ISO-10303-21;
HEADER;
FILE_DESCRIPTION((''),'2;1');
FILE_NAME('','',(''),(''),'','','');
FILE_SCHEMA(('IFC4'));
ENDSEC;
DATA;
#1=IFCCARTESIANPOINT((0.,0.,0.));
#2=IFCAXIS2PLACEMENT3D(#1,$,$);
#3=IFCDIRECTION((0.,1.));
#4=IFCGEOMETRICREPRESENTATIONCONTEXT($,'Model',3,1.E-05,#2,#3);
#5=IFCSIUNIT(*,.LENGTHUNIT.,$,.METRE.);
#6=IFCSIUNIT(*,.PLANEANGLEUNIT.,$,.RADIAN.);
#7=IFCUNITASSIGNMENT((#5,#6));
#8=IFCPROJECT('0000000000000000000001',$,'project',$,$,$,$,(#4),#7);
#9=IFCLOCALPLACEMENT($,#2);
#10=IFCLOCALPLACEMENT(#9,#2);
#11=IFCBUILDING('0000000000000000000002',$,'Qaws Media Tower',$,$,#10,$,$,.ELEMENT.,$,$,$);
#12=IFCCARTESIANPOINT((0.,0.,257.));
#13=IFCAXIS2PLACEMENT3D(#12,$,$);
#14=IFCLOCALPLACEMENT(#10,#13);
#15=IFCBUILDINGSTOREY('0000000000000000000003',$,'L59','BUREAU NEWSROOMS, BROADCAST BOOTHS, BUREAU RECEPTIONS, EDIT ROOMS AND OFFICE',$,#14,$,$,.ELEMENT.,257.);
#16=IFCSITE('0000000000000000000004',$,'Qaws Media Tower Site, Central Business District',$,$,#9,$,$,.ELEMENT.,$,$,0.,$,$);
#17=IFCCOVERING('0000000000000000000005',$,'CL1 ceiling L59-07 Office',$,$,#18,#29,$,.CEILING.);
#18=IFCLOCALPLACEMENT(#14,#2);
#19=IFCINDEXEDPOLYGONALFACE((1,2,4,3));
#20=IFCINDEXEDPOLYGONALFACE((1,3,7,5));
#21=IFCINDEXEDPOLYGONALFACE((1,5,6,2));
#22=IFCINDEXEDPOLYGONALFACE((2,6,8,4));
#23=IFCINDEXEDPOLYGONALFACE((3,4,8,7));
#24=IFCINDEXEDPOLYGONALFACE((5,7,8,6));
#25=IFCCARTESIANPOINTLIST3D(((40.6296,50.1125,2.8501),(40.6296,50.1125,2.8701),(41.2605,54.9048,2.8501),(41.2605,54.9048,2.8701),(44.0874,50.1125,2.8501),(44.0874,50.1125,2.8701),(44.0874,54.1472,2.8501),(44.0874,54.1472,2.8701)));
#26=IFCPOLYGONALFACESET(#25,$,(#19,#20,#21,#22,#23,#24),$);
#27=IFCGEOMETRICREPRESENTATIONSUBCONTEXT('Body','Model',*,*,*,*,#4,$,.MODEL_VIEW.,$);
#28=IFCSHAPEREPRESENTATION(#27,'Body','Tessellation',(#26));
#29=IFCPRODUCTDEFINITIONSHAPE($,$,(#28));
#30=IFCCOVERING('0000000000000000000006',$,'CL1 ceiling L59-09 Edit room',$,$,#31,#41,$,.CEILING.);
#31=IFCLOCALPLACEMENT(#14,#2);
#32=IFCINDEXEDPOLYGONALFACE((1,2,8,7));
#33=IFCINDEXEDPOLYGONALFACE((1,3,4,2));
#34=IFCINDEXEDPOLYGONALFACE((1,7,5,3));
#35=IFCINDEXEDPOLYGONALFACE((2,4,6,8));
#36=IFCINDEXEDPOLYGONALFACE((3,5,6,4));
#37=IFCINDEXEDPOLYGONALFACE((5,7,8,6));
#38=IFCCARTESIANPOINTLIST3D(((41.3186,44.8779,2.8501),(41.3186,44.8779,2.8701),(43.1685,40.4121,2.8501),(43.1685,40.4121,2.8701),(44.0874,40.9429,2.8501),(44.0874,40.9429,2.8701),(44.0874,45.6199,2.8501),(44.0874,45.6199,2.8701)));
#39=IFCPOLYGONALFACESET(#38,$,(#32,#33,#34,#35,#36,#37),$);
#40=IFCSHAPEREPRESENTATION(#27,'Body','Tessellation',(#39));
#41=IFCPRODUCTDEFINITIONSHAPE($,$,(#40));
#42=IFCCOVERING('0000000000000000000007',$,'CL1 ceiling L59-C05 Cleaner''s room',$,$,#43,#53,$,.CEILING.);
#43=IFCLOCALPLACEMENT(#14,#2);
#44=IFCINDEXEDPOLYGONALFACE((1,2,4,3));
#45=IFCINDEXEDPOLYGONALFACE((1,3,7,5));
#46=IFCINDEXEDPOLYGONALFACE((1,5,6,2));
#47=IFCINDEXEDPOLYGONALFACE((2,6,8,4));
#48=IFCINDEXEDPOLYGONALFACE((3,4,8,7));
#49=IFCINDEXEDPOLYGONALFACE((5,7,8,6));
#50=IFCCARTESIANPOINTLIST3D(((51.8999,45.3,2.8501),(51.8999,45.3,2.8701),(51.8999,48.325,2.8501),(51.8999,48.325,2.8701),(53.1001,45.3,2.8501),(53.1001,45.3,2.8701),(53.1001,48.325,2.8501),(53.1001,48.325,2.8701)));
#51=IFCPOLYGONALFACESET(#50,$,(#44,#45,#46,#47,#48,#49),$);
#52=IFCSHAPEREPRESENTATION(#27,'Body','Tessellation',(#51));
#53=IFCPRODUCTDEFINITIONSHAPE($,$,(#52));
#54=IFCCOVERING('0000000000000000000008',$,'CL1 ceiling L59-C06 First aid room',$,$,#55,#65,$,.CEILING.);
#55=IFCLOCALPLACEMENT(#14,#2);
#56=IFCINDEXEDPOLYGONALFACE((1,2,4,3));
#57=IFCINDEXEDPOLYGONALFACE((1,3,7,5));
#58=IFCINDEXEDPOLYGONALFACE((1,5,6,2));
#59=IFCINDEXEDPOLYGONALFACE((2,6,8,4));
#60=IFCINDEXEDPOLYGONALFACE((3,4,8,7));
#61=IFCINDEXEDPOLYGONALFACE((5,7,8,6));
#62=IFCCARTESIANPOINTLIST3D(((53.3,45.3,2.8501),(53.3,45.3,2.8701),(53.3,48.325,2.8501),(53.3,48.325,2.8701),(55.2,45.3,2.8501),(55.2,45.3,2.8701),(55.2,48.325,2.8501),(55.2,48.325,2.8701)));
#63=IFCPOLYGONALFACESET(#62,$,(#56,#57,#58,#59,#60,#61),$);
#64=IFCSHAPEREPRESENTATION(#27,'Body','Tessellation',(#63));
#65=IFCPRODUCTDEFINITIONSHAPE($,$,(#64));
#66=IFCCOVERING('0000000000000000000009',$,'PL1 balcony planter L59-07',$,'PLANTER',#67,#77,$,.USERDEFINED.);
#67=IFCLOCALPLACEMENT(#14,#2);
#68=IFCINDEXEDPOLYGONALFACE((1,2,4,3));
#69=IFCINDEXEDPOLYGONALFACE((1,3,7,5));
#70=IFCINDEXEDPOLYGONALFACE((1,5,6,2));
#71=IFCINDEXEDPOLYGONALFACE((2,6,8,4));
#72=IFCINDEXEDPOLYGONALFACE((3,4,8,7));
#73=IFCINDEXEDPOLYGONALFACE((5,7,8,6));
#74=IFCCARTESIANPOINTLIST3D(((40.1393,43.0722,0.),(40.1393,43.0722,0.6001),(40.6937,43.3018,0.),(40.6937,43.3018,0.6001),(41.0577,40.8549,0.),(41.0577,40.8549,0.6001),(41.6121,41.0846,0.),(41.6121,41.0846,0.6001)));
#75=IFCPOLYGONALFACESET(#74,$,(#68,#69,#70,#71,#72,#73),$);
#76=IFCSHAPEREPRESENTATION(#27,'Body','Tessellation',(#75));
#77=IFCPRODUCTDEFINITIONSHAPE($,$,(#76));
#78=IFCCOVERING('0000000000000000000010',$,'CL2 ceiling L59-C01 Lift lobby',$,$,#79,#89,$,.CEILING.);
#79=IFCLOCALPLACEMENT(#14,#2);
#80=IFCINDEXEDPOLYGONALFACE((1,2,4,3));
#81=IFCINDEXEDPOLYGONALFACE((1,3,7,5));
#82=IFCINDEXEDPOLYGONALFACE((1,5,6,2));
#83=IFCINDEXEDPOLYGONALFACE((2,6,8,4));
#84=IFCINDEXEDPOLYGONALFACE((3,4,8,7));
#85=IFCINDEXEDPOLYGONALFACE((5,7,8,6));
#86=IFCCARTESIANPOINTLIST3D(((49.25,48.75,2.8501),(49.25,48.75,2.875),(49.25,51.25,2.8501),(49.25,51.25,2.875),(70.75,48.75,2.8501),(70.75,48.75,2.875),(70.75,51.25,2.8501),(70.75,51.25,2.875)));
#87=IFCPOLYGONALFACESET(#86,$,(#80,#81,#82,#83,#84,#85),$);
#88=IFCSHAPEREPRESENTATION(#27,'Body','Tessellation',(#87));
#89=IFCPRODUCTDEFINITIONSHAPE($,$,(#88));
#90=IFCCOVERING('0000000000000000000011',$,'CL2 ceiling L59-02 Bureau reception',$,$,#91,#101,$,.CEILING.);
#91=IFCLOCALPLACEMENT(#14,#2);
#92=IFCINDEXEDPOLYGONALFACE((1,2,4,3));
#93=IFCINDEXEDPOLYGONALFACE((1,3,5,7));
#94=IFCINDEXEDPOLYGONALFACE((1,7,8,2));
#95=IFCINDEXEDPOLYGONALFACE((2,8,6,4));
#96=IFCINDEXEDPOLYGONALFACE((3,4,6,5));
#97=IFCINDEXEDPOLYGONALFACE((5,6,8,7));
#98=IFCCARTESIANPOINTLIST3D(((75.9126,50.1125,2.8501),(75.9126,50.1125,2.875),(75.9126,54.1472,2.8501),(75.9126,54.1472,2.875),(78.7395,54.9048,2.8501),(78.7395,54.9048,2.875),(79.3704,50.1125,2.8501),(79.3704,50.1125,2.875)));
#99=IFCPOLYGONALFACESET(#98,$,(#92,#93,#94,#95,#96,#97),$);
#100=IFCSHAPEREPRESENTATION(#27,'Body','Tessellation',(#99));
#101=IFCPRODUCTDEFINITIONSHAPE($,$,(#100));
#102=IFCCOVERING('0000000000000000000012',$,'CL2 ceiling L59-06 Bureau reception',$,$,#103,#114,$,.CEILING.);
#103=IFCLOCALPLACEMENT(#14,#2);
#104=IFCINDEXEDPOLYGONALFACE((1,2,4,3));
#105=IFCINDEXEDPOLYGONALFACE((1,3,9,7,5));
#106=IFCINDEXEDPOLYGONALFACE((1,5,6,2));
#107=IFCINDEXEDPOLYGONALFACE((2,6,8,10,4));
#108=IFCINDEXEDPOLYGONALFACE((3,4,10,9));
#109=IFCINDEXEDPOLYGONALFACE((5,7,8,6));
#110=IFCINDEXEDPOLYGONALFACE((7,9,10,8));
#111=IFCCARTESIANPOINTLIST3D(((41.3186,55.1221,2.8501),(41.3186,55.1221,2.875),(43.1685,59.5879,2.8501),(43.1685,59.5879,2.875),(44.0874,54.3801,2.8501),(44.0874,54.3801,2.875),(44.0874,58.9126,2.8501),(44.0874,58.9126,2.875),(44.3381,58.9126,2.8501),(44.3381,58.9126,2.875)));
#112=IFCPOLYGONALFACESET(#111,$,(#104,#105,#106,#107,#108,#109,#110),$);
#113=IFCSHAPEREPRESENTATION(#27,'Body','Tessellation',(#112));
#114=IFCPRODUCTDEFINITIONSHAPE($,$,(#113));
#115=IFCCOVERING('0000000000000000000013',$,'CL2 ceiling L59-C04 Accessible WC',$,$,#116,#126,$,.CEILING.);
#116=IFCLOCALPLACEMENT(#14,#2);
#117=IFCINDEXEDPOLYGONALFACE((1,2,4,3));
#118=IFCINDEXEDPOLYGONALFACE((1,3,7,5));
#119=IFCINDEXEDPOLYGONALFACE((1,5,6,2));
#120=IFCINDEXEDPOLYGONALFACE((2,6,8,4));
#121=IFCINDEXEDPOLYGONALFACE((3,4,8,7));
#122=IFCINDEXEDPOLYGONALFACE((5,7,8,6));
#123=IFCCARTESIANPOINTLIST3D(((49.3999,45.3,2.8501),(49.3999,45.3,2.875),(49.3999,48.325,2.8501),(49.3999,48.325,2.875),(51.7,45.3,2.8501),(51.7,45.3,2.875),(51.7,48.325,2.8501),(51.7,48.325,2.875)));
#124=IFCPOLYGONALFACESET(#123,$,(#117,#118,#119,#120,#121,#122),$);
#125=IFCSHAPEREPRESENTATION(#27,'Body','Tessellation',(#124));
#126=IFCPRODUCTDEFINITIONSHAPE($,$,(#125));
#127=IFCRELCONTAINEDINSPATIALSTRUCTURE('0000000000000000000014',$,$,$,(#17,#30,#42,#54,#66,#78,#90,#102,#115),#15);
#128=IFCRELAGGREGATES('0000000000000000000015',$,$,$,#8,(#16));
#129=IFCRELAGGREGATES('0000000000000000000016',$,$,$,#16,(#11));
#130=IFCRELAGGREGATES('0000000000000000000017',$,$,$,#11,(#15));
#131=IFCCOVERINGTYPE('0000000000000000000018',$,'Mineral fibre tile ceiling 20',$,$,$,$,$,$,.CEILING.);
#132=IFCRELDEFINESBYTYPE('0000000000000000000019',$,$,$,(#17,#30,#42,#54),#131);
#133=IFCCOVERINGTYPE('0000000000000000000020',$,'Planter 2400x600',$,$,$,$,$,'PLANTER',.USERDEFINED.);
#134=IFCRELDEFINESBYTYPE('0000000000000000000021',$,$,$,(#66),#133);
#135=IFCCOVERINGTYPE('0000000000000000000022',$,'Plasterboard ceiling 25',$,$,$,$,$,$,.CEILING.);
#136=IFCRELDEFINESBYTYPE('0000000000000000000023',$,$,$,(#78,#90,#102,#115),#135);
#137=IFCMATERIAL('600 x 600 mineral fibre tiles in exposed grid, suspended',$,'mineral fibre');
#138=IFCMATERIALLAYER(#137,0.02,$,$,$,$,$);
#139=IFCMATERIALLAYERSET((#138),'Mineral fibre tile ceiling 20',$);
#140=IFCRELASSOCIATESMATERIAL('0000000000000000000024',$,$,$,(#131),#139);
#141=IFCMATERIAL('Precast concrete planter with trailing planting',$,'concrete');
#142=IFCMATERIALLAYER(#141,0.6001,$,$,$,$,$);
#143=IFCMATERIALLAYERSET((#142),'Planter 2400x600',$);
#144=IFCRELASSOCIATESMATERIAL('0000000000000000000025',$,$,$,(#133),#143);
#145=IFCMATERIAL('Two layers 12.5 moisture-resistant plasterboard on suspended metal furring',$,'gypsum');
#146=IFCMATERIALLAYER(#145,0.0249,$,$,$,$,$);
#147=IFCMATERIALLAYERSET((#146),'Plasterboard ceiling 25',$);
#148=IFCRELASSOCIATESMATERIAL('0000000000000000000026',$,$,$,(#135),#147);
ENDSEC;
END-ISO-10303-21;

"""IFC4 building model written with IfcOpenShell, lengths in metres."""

from ifc_helpers import new_model, si_unit, direction, frame, origin, origin_2d, place, context, subcontext, project, spatial, polyline, rectangle, outline, extrude, material, layer, layer_set, type_object, element, save


model = new_model("IFC4")

# Units and contexts
model_context = context("Model", 3, precision=1e-05, world=origin(), true_north=direction((0.0, 1.0)))
body_context = subcontext(model_context, "Body", "Model", "MODEL_VIEW")
ifc_project = project(units=[si_unit("LENGTHUNIT", "METRE"), si_unit("PLANEANGLEUNIT", "RADIAN")], contexts=[model_context])

# Site, building, storey
site_placement = place(None, origin())
site = spatial("IfcSite", under=ifc_project, at=site_placement, Name="Qaws Media Tower Site, Central Business District", CompositionType="ELEMENT", RefElevation=0.0)
building_placement = place(site_placement, origin())
building = spatial("IfcBuilding", under=site, at=building_placement, Name="Qaws Media Tower", CompositionType="ELEMENT")
storey_placement = place(building_placement, frame((0.0, 0.0, 257.0)))
storey = spatial("IfcBuildingStorey", under=building, at=storey_placement, Name="L59", Description="BUREAU NEWSROOMS, BROADCAST BOOTHS, BUREAU RECEPTIONS, EDIT ROOMS AND OFFICE", CompositionType="ELEMENT", Elevation=257.0)

# Coverings
ifc_material_1 = material(Name="600 x 600 mineral fibre tiles in exposed grid, suspended", Category="mineral fibre")
ifc_layer_1 = layer(ifc_material_1, 0.02)
ifc_layer_set_1 = layer_set([ifc_layer_1], Name="Mineral fibre tile ceiling 20")
covering_type_1 = type_object("IfcCoveringType", Name="Mineral fibre tile ceiling 20", PredefinedType="CEILING", material=ifc_layer_set_1)
covering_1_placement = place(storey_placement, frame((0.0, 0.0, 2.8501)))
element("IfcCovering", 1, at=covering_1_placement, inside=storey, type_object=covering_type_1, Name="CL1 ceiling L59-07 Office", PredefinedType="CEILING", context=body_context, shape_type="SweptSolid", body=[
    extrude(outline(polyline([(41.2605, 54.9048), (44.0874, 54.1472), (44.0874, 50.1125), (40.6296, 50.1125), (41.2605, 54.9048)])), origin(), (0.0, 0.0, 1.0), 0.02),
])
covering_2_placement = place(storey_placement, frame((0.0, 0.0, 2.8501)))
element("IfcCovering", 2, at=covering_2_placement, inside=storey, type_object=covering_type_1, Name="CL1 ceiling L59-09 Edit room", PredefinedType="CEILING", context=body_context, shape_type="SweptSolid", body=[
    extrude(outline(polyline([(41.3186, 44.8779), (44.0874, 45.6199), (44.0874, 40.9429), (43.1685, 40.4121), (41.3186, 44.8779)])), origin(), (0.0, 0.0, 1.0), 0.02),
])
covering_3_placement = place(storey_placement, frame((0.0, 0.0, 2.8501)))
element("IfcCovering", 3, at=covering_3_placement, inside=storey, type_object=covering_type_1, Name="CL1 ceiling L59-C05 Cleaner's room", PredefinedType="CEILING", context=body_context, shape_type="SweptSolid", body=[
    extrude(outline(polyline([(51.8999, 45.3), (51.8999, 48.325), (53.1001, 48.325), (53.1001, 45.3), (51.8999, 45.3)])), origin(), (0.0, 0.0, 1.0), 0.02),
])
covering_4_placement = place(storey_placement, frame((0.0, 0.0, 2.8501)))
element("IfcCovering", 4, at=covering_4_placement, inside=storey, type_object=covering_type_1, Name="CL1 ceiling L59-C06 First aid room", PredefinedType="CEILING", context=body_context, shape_type="SweptSolid", body=[
    extrude(outline(polyline([(53.3, 45.3), (53.3, 48.325), (55.2, 48.325), (55.2, 45.3), (53.3, 45.3)])), origin(), (0.0, 0.0, 1.0), 0.02),
])
ifc_material_2 = material(Name="Precast concrete planter with trailing planting", Category="concrete")
ifc_layer_2 = layer(ifc_material_2, 0.6001)
ifc_layer_set_2 = layer_set([ifc_layer_2], Name="Planter 2400x600")
covering_type_2 = type_object("IfcCoveringType", Name="Planter 2400x600", ElementType="PLANTER", PredefinedType="USERDEFINED", material=ifc_layer_set_2)
covering_5_placement = place(storey_placement, frame((40.8757, 42.0784, 0.0), z_axis=(0.0, 0.0, 1.0), x_axis=(0.382683, -0.92388, 0.0)))
element("IfcCovering", 5, at=covering_5_placement, inside=storey, type_object=covering_type_2, Name="PL1 balcony planter L59-07", ObjectType="PLANTER", PredefinedType="USERDEFINED", context=body_context, shape_type="SweptSolid", body=[
    extrude(rectangle(XDim=2.3999, YDim=0.6001, at=origin_2d()), origin(), (0.0, 0.0, 1.0), 0.6001),
])
ifc_material_3 = material(Name="Two layers 12.5 moisture-resistant plasterboard on suspended metal furring", Category="gypsum")
ifc_layer_3 = layer(ifc_material_3, 0.0249)
ifc_layer_set_3 = layer_set([ifc_layer_3], Name="Plasterboard ceiling 25")
covering_type_3 = type_object("IfcCoveringType", Name="Plasterboard ceiling 25", PredefinedType="CEILING", material=ifc_layer_set_3)
covering_6_placement = place(storey_placement, frame((0.0, 0.0, 2.8501)))
element("IfcCovering", 6, at=covering_6_placement, inside=storey, type_object=covering_type_3, Name="CL2 ceiling L59-C01 Lift lobby", PredefinedType="CEILING", context=body_context, shape_type="SweptSolid", body=[
    extrude(outline(polyline([(49.25, 48.75), (49.25, 51.25), (70.75, 51.25), (70.75, 48.75), (49.25, 48.75)])), origin(), (0.0, 0.0, 1.0), 0.0249),
])
covering_7_placement = place(storey_placement, frame((0.0, 0.0, 2.8501)))
element("IfcCovering", 7, at=covering_7_placement, inside=storey, type_object=covering_type_3, Name="CL2 ceiling L59-02 Bureau reception", PredefinedType="CEILING", context=body_context, shape_type="SweptSolid", body=[
    extrude(outline(polyline([(79.3704, 50.1125), (75.9126, 50.1125), (75.9126, 54.1472), (78.7395, 54.9048), (79.3704, 50.1125)])), origin(), (0.0, 0.0, 1.0), 0.0249),
])
covering_8_placement = place(storey_placement, frame((0.0, 0.0, 2.8501)))
element("IfcCovering", 8, at=covering_8_placement, inside=storey, type_object=covering_type_3, Name="CL2 ceiling L59-06 Bureau reception", PredefinedType="CEILING", context=body_context, shape_type="SweptSolid", body=[
    extrude(outline(polyline([(43.1685, 59.5879), (44.3381, 58.9126), (44.0874, 58.9126), (44.0874, 54.3801), (41.3186, 55.1221), (43.1685, 59.5879)])), origin(), (0.0, 0.0, 1.0), 0.0249),
])
covering_9_placement = place(storey_placement, frame((0.0, 0.0, 2.8501)))
element("IfcCovering", 9, at=covering_9_placement, inside=storey, type_object=covering_type_3, Name="CL2 ceiling L59-C04 Accessible WC", PredefinedType="CEILING", context=body_context, shape_type="SweptSolid", body=[
    extrude(outline(polyline([(49.3999, 45.3), (49.3999, 48.325), (51.7, 48.325), (51.7, 45.3), (49.3999, 45.3)])), origin(), (0.0, 0.0, 1.0), 0.0249),
])

save(model, "model.ifc")
